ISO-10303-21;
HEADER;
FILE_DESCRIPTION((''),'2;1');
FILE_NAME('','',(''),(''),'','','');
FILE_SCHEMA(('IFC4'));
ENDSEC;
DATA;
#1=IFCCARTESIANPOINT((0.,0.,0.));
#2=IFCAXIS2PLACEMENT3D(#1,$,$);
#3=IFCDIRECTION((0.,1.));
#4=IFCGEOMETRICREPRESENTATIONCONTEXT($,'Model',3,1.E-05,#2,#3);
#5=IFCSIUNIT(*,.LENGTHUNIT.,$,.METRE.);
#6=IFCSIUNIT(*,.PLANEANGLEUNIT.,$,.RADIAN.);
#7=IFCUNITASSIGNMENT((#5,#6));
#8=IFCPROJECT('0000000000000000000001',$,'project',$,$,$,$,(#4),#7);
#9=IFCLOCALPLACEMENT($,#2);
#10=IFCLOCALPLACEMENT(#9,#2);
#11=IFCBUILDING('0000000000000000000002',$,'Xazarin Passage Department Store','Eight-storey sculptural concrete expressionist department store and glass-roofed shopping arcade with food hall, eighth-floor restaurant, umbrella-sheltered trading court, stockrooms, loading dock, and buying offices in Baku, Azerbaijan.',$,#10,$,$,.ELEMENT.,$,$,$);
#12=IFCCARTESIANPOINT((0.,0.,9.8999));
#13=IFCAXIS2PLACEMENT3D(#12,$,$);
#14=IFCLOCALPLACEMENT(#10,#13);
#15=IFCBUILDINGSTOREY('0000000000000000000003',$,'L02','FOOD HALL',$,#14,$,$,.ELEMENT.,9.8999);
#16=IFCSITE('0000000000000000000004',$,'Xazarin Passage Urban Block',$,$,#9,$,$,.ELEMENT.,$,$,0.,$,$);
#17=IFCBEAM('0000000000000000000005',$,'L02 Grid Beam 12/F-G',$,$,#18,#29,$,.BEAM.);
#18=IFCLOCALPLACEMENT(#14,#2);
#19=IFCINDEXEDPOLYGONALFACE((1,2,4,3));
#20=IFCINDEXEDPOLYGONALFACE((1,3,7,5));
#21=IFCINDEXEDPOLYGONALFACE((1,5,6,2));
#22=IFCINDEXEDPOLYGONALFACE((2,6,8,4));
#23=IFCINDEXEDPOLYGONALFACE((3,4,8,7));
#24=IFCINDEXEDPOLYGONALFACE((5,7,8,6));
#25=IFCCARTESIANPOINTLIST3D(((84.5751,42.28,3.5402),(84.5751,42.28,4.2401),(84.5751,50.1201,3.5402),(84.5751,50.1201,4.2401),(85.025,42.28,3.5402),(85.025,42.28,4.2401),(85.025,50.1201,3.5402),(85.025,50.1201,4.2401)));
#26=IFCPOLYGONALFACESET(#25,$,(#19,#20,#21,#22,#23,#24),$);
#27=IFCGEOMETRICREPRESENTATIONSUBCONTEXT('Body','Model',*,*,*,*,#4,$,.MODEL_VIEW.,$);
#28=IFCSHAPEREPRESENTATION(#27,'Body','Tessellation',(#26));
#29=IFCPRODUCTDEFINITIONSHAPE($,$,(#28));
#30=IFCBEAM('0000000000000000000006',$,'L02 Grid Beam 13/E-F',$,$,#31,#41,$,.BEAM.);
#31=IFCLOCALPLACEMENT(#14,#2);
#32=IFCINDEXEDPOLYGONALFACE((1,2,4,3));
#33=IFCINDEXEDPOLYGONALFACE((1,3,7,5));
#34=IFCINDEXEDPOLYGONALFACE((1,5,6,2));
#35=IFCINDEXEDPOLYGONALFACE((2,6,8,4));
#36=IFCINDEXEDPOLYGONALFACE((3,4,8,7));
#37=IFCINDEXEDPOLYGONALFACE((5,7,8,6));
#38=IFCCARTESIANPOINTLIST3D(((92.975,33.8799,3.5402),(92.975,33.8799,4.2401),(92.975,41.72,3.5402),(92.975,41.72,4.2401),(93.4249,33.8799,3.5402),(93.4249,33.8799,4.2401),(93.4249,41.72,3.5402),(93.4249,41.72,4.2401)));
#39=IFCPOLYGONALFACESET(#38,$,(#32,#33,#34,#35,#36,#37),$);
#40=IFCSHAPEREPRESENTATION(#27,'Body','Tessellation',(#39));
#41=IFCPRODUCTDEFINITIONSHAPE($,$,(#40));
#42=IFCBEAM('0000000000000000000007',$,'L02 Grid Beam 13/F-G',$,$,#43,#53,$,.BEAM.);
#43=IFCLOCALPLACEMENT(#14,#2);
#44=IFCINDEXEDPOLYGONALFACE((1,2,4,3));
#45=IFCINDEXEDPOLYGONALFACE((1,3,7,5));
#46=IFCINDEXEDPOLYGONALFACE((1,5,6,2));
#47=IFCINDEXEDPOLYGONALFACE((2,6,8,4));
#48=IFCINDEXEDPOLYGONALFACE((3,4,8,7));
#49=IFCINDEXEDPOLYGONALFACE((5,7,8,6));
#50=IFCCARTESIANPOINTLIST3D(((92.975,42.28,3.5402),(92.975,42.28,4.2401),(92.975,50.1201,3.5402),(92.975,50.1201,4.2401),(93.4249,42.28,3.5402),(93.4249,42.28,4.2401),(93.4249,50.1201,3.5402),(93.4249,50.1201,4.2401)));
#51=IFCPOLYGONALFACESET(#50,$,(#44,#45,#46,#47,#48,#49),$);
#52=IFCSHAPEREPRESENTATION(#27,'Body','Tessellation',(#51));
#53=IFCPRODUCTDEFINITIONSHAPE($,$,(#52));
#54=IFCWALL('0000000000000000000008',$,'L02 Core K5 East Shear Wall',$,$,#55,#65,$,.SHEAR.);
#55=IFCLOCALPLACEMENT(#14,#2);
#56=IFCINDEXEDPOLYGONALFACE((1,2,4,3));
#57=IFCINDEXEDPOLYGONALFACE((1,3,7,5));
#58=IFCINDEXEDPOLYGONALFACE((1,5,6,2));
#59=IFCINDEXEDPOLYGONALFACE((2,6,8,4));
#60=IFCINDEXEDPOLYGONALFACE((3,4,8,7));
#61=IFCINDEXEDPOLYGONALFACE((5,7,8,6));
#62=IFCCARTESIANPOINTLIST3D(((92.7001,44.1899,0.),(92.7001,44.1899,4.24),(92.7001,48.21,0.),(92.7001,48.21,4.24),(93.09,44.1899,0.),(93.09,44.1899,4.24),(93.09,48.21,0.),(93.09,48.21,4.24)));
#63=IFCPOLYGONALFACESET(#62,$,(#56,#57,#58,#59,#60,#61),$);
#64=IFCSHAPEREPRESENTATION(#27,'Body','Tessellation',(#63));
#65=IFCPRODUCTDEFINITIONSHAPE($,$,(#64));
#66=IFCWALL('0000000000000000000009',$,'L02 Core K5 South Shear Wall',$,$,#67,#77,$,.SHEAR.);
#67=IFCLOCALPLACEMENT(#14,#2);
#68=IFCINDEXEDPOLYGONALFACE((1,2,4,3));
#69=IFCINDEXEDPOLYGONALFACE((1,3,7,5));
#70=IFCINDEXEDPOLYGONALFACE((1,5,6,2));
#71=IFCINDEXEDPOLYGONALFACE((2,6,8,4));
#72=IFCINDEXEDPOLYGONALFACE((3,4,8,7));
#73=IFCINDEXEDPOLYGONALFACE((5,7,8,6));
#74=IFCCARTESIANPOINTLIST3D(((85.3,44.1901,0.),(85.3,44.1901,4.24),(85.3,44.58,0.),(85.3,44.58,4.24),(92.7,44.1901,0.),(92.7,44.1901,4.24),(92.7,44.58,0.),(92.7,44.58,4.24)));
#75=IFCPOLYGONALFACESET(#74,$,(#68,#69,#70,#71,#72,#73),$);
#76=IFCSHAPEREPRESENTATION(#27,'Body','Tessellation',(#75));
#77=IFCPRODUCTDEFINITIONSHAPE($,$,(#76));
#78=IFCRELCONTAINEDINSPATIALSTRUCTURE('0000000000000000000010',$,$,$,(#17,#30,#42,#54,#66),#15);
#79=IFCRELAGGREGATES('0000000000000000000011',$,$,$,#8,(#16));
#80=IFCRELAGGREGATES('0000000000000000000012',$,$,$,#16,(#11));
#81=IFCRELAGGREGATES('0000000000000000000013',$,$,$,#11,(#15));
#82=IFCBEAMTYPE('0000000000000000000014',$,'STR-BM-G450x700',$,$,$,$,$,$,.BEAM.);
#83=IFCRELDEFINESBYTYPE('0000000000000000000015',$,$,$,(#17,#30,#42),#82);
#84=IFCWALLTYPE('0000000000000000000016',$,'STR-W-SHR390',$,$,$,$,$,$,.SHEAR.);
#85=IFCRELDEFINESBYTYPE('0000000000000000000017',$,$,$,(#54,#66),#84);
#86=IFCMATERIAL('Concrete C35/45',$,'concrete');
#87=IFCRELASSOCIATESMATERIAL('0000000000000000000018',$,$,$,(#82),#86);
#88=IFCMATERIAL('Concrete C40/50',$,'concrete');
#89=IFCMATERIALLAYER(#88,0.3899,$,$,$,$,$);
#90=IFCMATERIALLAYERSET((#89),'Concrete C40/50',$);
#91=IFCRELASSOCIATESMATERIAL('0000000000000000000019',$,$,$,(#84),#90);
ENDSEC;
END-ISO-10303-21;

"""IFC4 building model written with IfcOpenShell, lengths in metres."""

from ifc_helpers import new_model, si_unit, direction, frame, frame_2d, origin, origin_2d, place, context, subcontext, project, spatial, rectangle, extrude, material, layer, layer_set, material_profile, profile_set, type_object, element, save


model = new_model("IFC4")

# Units and contexts
model_context = context("Model", 3, precision=1e-05, world=origin(), true_north=direction((0.0, 1.0)))
body_context = subcontext(model_context, "Body", "Model", "MODEL_VIEW")
ifc_project = project(units=[si_unit("LENGTHUNIT", "METRE"), si_unit("PLANEANGLEUNIT", "RADIAN")], contexts=[model_context])

# Site, building, storey
site_placement = place(None, origin())
site = spatial("IfcSite", under=ifc_project, at=site_placement, Name="Xazarin Passage Urban Block", CompositionType="ELEMENT", RefElevation=0.0)
building_placement = place(site_placement, origin())
building = spatial("IfcBuilding", under=site, at=building_placement, Name="Xazarin Passage Department Store", Description="Eight-storey sculptural concrete expressionist department store and glass-roofed shopping arcade with food hall, eighth-floor restaurant, umbrella-sheltered trading court, stockrooms, loading dock, and buying offices in Baku, Azerbaijan.", CompositionType="ELEMENT")
storey_placement = place(building_placement, frame((0.0, 0.0, 9.8999)))
storey = spatial("IfcBuildingStorey", under=building, at=storey_placement, Name="L02", Description="FOOD HALL", CompositionType="ELEMENT", Elevation=9.8999)

# Shared definitions
ifc_material_1 = material(Name="Concrete C40/50", Category="concrete")

# Beams
ifc_material_2 = material(Name="Concrete C35/45", Category="concrete")
ifc_material_profile_1 = material_profile(ifc_material_2, rectangle(XDim=0.45, YDim=0.7, at=origin_2d()), Name="RC 450x700")
ifc_profile_set_1 = profile_set([ifc_material_profile_1], Name="Concrete C35/45")
beam_type = type_object("IfcBeamType", Name="STR-BM-G450x700", PredefinedType="BEAM", material=ifc_profile_set_1)
for number, where, z_axis, x_axis, name in (
    (1, (84.8, 42.28, 3.8901), (0.0, 1.0, 0.0), (-1.0, 0.0, 0.0), "L02 Grid Beam 12/F-G"),
    (2, (93.2, 33.8799, 3.8901), (0.0, 1.0, 0.0), (-1.0, 0.0, 0.0), "L02 Grid Beam 13/E-F"),
    (3, (93.2, 42.28, 3.8901), (0.0, 1.0, 0.0), (-1.0, 0.0, 0.0), "L02 Grid Beam 13/F-G"),
):
    element("IfcBeam", number, at=place(storey_placement, frame(where, z_axis=z_axis, x_axis=x_axis)), inside=storey, type_object=beam_type, Name=name, PredefinedType="BEAM", context=body_context, shape_type="SweptSolid", body=[
        extrude(rectangle(XDim=0.45, YDim=0.7, at=origin_2d()), origin(), (0.0, 0.0, 1.0), 7.8401),
    ])

# Walls
ifc_layer = layer(ifc_material_1, 0.3899)
ifc_layer_set = layer_set([ifc_layer], Name="Concrete C40/50")
wall_type = type_object("IfcWallType", Name="STR-W-SHR390", PredefinedType="SHEAR", material=ifc_layer_set)
wall_1_placement = place(storey_placement, frame((92.895, 44.1899, 0.0), z_axis=(0.0, 0.0, 1.0), x_axis=(0.0, 1.0, 0.0)))
element("IfcWall", 4, at=wall_1_placement, inside=storey, type_object=wall_type, Name="L02 Core K5 East Shear Wall", PredefinedType="SHEAR", context=body_context, shape_type="SweptSolid", body=[
    extrude(rectangle(XDim=4.02, YDim=0.3899, at=frame_2d((2.01, 0.0))), origin(), (0.0, 0.0, 1.0), 4.24),
])
wall_2_placement = place(storey_placement, frame((85.3, 44.385, 0.0), z_axis=(0.0, 0.0, 1.0), x_axis=(1.0, 0.0, 0.0)))
element("IfcWall", 5, at=wall_2_placement, inside=storey, type_object=wall_type, Name="L02 Core K5 South Shear Wall", PredefinedType="SHEAR", context=body_context, shape_type="SweptSolid", body=[
    extrude(rectangle(XDim=7.3999, YDim=0.3899, at=frame_2d((3.7, 0.0))), origin(), (0.0, 0.0, 1.0), 4.24),
])

save(model, "model.ifc")
